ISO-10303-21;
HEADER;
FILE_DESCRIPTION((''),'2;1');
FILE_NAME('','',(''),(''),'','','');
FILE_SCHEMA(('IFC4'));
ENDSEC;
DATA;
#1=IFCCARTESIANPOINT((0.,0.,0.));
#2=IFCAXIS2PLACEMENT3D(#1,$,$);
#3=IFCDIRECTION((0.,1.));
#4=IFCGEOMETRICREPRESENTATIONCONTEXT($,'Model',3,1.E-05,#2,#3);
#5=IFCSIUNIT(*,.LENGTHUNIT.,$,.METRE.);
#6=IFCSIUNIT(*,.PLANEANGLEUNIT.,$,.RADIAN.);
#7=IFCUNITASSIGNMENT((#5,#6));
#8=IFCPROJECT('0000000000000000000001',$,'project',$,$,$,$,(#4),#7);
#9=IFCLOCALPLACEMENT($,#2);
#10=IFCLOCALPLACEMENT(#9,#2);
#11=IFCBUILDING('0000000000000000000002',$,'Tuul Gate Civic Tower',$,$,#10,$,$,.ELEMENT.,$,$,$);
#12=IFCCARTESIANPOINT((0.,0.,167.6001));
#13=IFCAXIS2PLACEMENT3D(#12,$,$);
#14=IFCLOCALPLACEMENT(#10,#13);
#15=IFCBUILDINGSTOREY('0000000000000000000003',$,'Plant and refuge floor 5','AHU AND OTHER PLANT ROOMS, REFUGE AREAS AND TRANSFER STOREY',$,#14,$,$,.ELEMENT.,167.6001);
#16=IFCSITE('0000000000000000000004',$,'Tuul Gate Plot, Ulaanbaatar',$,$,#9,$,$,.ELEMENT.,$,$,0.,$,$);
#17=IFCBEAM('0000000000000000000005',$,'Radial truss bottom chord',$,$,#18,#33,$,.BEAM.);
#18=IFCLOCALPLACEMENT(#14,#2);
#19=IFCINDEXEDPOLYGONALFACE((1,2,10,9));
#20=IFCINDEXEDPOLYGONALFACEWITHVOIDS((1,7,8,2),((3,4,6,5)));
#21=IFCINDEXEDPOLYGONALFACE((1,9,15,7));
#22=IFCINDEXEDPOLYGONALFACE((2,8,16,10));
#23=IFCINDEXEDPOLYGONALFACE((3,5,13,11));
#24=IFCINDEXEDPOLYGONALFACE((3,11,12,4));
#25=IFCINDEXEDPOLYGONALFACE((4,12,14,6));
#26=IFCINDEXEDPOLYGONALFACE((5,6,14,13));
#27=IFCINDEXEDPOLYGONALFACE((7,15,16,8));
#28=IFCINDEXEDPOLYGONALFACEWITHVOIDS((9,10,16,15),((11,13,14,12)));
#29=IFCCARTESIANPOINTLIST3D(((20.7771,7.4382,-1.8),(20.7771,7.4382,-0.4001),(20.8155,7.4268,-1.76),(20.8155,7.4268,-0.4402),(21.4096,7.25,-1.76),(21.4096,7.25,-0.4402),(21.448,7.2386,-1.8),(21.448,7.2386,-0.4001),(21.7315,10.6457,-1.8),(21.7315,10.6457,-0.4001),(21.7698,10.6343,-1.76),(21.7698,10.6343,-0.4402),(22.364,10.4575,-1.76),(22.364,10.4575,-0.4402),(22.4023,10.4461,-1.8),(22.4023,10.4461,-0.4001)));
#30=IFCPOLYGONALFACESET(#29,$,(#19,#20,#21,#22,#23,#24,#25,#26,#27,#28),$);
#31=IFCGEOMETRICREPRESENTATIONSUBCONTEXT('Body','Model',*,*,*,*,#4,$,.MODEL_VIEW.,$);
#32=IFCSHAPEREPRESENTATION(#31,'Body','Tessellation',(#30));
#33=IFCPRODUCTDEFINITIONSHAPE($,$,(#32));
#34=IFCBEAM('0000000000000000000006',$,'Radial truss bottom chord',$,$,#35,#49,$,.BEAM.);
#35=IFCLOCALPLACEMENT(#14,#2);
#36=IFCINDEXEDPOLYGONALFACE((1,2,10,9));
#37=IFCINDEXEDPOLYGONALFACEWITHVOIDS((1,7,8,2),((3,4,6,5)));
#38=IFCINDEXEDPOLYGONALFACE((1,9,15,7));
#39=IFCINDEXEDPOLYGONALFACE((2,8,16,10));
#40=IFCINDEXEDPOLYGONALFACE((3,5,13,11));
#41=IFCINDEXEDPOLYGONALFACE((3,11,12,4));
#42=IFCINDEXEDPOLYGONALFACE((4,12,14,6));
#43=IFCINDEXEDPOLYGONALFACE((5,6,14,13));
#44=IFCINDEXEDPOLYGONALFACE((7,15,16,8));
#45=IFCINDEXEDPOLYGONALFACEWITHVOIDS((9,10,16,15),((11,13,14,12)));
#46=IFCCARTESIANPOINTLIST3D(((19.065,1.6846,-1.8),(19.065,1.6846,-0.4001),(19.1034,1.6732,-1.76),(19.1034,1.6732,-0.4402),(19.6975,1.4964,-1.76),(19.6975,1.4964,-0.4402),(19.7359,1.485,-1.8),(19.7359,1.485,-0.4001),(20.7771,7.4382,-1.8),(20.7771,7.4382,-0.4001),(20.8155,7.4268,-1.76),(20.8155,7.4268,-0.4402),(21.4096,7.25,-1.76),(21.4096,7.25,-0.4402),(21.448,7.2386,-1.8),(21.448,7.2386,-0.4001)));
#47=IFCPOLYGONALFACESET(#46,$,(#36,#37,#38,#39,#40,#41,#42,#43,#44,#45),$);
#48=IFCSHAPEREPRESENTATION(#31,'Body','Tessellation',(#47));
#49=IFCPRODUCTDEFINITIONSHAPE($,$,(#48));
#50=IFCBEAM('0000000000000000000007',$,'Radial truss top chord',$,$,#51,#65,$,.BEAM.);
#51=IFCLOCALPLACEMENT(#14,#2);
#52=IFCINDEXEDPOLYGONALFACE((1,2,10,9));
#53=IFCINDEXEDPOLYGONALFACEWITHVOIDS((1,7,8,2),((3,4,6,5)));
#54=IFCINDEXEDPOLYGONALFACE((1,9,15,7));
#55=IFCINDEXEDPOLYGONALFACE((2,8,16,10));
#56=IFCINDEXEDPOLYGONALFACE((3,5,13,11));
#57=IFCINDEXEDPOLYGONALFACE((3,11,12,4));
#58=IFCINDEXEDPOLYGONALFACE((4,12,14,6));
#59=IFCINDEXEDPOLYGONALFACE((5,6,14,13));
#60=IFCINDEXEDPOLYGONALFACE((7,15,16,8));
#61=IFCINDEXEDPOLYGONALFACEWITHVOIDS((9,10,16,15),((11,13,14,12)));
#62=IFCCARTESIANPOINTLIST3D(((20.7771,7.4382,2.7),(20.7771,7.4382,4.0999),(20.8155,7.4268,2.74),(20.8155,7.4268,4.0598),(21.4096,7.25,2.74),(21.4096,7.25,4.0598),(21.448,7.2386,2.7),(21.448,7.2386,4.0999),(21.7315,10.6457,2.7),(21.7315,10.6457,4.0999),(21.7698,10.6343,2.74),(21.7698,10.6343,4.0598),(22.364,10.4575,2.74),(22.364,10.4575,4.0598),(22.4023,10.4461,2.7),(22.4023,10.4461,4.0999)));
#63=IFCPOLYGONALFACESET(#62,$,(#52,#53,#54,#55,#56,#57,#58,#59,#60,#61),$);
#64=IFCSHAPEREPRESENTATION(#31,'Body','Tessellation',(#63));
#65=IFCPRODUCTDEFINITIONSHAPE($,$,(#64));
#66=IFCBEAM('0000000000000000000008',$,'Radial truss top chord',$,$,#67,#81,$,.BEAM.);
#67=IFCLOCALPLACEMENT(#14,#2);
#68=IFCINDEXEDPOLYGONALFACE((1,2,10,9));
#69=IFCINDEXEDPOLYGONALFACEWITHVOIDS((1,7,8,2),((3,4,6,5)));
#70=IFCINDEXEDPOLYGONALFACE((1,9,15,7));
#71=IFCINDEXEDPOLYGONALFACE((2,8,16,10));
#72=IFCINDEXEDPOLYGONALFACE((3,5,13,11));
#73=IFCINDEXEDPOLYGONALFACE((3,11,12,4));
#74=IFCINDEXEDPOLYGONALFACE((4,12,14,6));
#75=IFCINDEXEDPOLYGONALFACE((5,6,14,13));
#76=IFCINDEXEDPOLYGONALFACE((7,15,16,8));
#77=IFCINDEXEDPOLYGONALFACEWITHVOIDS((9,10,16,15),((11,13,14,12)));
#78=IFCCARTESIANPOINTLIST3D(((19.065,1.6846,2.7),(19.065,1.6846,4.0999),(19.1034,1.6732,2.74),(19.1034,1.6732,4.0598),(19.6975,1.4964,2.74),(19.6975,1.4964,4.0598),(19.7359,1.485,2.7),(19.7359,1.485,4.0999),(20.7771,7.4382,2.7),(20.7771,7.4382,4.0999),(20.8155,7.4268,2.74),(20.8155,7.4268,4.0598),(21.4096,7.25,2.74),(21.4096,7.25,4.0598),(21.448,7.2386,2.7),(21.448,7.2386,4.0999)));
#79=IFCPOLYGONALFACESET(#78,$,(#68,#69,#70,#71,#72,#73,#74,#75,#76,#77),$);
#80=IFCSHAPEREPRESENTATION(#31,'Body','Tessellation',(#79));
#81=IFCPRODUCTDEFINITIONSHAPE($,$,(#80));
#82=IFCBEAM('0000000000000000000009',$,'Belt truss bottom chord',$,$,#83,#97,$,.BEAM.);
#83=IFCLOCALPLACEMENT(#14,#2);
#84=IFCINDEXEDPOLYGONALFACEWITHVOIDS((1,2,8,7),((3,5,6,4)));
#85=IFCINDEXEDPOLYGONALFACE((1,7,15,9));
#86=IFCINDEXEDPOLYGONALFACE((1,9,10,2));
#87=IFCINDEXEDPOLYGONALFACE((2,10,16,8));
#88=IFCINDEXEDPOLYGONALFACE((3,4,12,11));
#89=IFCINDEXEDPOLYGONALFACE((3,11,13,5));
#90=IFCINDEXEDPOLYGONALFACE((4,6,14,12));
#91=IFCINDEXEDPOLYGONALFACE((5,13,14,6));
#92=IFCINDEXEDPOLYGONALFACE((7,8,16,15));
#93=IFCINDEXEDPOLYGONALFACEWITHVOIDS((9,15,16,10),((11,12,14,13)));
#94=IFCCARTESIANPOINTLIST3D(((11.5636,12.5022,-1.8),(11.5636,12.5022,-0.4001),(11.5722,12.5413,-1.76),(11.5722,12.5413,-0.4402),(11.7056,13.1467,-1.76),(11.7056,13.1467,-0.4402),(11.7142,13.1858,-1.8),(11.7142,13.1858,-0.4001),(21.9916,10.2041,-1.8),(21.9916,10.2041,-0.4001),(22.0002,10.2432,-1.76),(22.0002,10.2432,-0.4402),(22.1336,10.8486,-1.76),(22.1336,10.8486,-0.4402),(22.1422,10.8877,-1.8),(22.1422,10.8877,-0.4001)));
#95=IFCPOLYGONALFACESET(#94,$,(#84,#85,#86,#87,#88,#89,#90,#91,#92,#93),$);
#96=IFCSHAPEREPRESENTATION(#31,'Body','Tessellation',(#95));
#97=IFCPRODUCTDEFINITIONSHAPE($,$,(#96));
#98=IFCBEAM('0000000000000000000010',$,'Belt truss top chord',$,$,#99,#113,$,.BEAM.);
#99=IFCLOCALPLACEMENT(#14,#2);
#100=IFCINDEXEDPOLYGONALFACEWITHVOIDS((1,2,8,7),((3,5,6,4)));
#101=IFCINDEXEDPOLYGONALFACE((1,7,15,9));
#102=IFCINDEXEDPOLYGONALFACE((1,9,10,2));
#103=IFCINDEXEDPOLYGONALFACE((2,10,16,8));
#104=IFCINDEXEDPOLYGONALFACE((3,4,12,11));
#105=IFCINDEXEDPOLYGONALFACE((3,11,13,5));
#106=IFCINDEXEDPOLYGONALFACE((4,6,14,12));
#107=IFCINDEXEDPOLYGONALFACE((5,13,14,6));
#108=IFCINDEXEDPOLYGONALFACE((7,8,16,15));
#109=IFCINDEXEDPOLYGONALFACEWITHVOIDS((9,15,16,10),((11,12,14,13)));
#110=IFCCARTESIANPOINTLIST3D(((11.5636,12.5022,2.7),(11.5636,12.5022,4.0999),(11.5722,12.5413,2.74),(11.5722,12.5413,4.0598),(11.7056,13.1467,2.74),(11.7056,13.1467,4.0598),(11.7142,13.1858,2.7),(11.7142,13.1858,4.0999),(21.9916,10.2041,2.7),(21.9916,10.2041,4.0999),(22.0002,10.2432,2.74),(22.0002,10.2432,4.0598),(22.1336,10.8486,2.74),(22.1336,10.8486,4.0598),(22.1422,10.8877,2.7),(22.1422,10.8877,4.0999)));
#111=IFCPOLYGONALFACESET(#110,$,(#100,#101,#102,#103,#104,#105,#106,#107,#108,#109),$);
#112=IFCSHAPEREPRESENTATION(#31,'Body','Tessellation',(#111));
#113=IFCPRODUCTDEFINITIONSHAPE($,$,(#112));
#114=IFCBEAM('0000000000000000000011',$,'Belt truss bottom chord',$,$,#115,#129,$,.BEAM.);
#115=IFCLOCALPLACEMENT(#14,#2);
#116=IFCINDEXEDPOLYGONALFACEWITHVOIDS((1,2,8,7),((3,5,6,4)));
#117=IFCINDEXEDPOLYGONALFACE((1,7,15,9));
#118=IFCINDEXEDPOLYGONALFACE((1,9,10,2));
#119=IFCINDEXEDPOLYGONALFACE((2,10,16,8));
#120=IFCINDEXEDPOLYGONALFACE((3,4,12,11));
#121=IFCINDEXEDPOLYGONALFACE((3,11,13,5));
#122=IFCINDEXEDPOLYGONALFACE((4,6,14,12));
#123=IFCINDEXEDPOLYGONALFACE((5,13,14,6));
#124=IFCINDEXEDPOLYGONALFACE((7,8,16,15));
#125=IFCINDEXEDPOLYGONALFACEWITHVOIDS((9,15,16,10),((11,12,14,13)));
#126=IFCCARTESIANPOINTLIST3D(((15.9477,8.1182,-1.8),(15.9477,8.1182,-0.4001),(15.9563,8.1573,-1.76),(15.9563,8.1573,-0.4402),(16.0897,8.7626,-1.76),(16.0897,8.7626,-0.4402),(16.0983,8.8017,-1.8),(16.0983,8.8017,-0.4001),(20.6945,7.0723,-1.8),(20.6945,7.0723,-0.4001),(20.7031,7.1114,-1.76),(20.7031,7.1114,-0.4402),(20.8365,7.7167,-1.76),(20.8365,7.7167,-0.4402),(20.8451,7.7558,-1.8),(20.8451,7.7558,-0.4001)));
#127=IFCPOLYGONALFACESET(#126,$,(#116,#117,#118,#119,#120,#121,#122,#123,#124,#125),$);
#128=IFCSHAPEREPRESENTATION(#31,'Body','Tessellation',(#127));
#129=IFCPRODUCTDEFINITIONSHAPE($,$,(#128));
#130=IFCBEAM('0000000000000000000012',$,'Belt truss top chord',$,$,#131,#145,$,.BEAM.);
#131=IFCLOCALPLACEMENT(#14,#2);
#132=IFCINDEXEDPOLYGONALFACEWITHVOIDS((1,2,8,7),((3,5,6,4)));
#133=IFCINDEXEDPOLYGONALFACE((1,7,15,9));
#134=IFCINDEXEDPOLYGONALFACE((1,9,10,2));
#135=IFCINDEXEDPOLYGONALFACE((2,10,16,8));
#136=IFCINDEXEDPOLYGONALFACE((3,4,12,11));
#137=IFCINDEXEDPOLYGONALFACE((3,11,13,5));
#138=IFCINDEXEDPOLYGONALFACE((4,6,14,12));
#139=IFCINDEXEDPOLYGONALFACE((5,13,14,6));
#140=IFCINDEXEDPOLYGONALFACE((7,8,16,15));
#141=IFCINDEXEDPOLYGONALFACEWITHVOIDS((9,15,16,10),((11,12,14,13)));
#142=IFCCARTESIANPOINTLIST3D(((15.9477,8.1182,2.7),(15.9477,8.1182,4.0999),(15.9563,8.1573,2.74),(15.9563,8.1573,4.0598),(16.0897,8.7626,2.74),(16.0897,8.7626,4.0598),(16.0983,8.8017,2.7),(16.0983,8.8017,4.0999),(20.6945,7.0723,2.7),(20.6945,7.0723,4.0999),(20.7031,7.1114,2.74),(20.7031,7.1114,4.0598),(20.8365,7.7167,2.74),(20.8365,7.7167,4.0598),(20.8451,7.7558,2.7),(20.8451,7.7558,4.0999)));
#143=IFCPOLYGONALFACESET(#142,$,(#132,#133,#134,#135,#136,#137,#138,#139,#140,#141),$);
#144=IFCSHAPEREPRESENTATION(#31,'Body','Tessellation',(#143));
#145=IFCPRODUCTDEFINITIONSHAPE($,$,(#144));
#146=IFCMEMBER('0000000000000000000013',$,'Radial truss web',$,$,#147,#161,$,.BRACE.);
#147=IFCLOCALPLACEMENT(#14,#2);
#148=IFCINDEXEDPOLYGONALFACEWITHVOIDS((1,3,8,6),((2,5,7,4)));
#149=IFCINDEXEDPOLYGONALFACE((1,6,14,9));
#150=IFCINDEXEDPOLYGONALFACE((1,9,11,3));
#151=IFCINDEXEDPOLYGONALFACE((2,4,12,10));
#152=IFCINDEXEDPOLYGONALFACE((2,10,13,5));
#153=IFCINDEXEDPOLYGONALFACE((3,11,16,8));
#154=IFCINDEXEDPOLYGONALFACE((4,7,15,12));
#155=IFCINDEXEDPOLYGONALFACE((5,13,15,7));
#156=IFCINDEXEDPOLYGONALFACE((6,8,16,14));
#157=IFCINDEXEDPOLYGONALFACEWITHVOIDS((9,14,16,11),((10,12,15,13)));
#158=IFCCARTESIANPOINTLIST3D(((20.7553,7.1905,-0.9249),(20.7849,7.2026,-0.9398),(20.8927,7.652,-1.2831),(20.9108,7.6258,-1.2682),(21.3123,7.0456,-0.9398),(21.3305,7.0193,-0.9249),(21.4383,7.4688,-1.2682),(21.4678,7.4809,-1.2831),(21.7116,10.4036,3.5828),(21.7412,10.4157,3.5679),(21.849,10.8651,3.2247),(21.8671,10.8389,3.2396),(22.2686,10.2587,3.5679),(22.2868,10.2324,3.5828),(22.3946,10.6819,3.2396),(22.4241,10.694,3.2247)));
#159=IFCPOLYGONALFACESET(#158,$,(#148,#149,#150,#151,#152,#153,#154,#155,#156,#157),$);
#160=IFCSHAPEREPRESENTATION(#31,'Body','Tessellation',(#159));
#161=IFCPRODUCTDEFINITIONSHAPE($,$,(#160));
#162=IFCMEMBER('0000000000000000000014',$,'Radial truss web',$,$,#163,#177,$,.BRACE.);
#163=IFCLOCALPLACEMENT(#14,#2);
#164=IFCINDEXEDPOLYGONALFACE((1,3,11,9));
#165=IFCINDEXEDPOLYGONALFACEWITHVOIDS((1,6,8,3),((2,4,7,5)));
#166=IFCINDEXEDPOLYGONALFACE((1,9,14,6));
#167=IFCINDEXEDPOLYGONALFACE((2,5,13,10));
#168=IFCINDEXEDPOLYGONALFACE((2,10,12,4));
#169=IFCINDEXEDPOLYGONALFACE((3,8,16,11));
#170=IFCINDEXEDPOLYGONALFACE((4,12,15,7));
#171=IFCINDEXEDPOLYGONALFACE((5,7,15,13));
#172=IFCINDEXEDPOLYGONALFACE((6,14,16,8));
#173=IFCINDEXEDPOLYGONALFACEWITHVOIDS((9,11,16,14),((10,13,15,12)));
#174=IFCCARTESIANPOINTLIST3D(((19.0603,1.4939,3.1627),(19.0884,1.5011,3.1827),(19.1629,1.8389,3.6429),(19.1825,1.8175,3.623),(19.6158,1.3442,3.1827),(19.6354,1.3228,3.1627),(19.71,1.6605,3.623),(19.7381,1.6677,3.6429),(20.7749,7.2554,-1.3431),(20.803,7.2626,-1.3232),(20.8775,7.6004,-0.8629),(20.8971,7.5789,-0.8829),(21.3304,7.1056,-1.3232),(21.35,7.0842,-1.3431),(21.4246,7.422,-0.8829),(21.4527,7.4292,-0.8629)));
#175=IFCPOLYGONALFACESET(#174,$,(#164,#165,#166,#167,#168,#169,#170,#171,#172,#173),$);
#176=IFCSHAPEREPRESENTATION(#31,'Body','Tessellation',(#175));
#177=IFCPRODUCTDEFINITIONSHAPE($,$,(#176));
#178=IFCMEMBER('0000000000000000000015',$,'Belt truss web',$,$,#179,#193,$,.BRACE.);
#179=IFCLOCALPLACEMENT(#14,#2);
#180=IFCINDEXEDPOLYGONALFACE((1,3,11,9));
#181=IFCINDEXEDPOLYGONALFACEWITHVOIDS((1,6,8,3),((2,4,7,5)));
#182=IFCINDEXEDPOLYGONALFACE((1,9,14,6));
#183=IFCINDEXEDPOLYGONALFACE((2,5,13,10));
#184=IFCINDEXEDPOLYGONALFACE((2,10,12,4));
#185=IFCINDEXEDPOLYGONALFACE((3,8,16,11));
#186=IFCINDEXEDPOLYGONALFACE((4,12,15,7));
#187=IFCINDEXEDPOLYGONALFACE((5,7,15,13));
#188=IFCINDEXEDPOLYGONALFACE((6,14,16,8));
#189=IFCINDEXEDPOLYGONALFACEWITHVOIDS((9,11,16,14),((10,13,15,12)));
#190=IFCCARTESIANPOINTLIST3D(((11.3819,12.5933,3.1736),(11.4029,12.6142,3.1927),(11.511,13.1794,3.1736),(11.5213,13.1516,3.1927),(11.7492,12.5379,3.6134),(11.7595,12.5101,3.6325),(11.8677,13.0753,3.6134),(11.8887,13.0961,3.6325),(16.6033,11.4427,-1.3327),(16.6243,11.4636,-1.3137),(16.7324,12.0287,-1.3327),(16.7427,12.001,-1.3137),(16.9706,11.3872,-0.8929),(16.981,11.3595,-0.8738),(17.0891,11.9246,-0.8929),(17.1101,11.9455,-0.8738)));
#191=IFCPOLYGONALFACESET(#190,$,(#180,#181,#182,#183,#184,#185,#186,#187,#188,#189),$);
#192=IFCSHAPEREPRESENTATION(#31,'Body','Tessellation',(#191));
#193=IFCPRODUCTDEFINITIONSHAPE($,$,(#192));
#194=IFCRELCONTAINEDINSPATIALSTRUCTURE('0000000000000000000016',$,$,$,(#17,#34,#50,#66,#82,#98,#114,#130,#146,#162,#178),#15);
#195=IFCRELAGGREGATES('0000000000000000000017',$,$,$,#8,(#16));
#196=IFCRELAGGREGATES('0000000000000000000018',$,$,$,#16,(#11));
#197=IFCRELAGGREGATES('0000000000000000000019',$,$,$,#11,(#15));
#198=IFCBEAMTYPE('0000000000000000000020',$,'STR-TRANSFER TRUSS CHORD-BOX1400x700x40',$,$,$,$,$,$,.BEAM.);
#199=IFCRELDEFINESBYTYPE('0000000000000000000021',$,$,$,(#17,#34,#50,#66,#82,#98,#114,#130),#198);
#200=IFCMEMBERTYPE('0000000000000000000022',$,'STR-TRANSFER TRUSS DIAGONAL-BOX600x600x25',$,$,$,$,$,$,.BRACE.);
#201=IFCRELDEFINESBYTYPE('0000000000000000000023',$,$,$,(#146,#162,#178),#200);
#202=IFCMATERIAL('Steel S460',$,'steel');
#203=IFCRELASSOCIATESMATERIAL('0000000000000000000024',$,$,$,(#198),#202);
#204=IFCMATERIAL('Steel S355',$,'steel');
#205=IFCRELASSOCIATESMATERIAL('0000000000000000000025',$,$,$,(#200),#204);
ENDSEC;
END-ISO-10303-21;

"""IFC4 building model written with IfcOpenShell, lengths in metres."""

from ifc_helpers import new_model, si_unit, direction, frame, origin, origin_2d, place, context, subcontext, project, spatial, hollow_rectangle, extrude, material, material_profile, profile_set, type_object, element, save


model = new_model("IFC4")

# Units and contexts
model_context = context("Model", 3, precision=1e-05, world=origin(), true_north=direction((0.0, 1.0)))
body_context = subcontext(model_context, "Body", "Model", "MODEL_VIEW")
ifc_project = project(units=[si_unit("LENGTHUNIT", "METRE"), si_unit("PLANEANGLEUNIT", "RADIAN")], contexts=[model_context])

# Site, building, storey
site_placement = place(None, origin())
site = spatial("IfcSite", under=ifc_project, at=site_placement, Name="Tuul Gate Plot, Ulaanbaatar", CompositionType="ELEMENT", RefElevation=0.0)
building_placement = place(site_placement, origin())
building = spatial("IfcBuilding", under=site, at=building_placement, Name="Tuul Gate Civic Tower", CompositionType="ELEMENT")
storey_placement = place(building_placement, frame((0.0, 0.0, 167.6001)))
storey = spatial("IfcBuildingStorey", under=building, at=storey_placement, Name="Plant and refuge floor 5", Description="AHU AND OTHER PLANT ROOMS, REFUGE AREAS AND TRANSFER STOREY", CompositionType="ELEMENT", Elevation=167.6001)

# Beams
ifc_material_1 = material(Name="Steel S460", Category="steel")
ifc_material_profile_1 = material_profile(ifc_material_1, hollow_rectangle(XDim=0.7, YDim=1.3999, WallThickness=0.04, at=origin_2d()), Name="BOX1400x700x40")
ifc_profile_set_1 = profile_set([ifc_material_profile_1], Name="Steel S460")
beam_type = type_object("IfcBeamType", Name="STR-TRANSFER TRUSS CHORD-BOX1400x700x40", PredefinedType="BEAM", material=ifc_profile_set_1)
beam_1_placement = place(storey_placement, frame((22.0669, 10.5459, -1.1001), z_axis=(-0.285179, -0.958474, 0.0), x_axis=(0.958474, -0.285179, 0.0)))
element("IfcBeam", 1, at=beam_1_placement, inside=storey, type_object=beam_type, Name="Radial truss bottom chord", PredefinedType="BEAM", context=body_context, shape_type="SweptSolid", body=[
    extrude(hollow_rectangle(XDim=0.7, YDim=1.3999, WallThickness=0.04, at=origin_2d()), origin(), (0.0, 0.0, 1.0), 3.3464),
])
beam_2_placement = place(storey_placement, frame((21.1125, 7.3384, -1.1001), z_axis=(-0.285217, -0.958463, 0.0), x_axis=(0.958463, -0.285217, 0.0)))
element("IfcBeam", 2, at=beam_2_placement, inside=storey, type_object=beam_type, Name="Radial truss bottom chord", PredefinedType="BEAM", context=body_context, shape_type="SweptSolid", body=[
    extrude(hollow_rectangle(XDim=0.7, YDim=1.3999, WallThickness=0.04, at=origin_2d()), origin(), (0.0, 0.0, 1.0), 6.0029),
])
beam_3_placement = place(storey_placement, frame((22.0669, 10.5459, 3.3999), z_axis=(-0.285179, -0.958474, 0.0), x_axis=(0.958474, -0.285179, 0.0)))
element("IfcBeam", 3, at=beam_3_placement, inside=storey, type_object=beam_type, Name="Radial truss top chord", PredefinedType="BEAM", context=body_context, shape_type="SweptSolid", body=[
    extrude(hollow_rectangle(XDim=0.7, YDim=1.3999, WallThickness=0.04, at=origin_2d()), origin(), (0.0, 0.0, 1.0), 3.3464),
])
beam_4_placement = place(storey_placement, frame((21.1125, 7.3384, 3.3999), z_axis=(-0.285217, -0.958463, 0.0), x_axis=(0.958463, -0.285217, 0.0)))
element("IfcBeam", 4, at=beam_4_placement, inside=storey, type_object=beam_type, Name="Radial truss top chord", PredefinedType="BEAM", context=body_context, shape_type="SweptSolid", body=[
    extrude(hollow_rectangle(XDim=0.7, YDim=1.3999, WallThickness=0.04, at=origin_2d()), origin(), (0.0, 0.0, 1.0), 6.0029),
])
for number, where, z_axis, x_axis, name in (
    (5, (22.0669, 10.5459, -1.1001), (-0.976567, 0.215214, 0.0), (-0.215214, -0.976567, 0.0), "Belt truss bottom chord"),
    (6, (22.0669, 10.5459, 3.3999), (-0.976567, 0.215214, 0.0), (-0.215214, -0.976567, 0.0), "Belt truss top chord"),
):
    element("IfcBeam", number, at=place(storey_placement, frame(where, z_axis=z_axis, x_axis=x_axis)), inside=storey, type_object=beam_type, Name=name, PredefinedType="BEAM", context=body_context, shape_type="SweptSolid", body=[
        extrude(hollow_rectangle(XDim=0.7, YDim=1.3999, WallThickness=0.04, at=origin_2d()), origin(), (0.0, 0.0, 1.0), 10.6782),
    ])
for number, where, z_axis, x_axis, name in (
    (7, (20.7698, 7.4141, -1.1001), (-0.976575, 0.215175, 0.0), (-0.215175, -0.976575, 0.0), "Belt truss bottom chord"),
    (8, (20.7698, 7.4141, 3.3999), (-0.976575, 0.215175, 0.0), (-0.215175, -0.976575, 0.0), "Belt truss top chord"),
):
    element("IfcBeam", number, at=place(storey_placement, frame(where, z_axis=z_axis, x_axis=x_axis)), inside=storey, type_object=beam_type, Name=name, PredefinedType="BEAM", context=body_context, shape_type="SweptSolid", body=[
        extrude(hollow_rectangle(XDim=0.7, YDim=1.3999, WallThickness=0.04, at=origin_2d()), origin(), (0.0, 0.0, 1.0), 4.8606),
    ])

# Members
ifc_material_2 = material(Name="Steel S355", Category="steel")
ifc_material_profile_2 = material_profile(ifc_material_2, hollow_rectangle(XDim=0.6001, YDim=0.6001, WallThickness=0.0249, at=origin_2d()), Name="BOX600x600x25")
ifc_profile_set_2 = profile_set([ifc_material_profile_2], Name="Steel S355")
member_type_1 = type_object("IfcMemberType", Name="STR-TRANSFER TRUSS DIAGONAL-BOX600x600x25", PredefinedType="BRACE", material=ifc_profile_set_2)
member_1_placement = place(storey_placement, frame((21.1116, 7.3357, -1.104), z_axis=(0.170228, 0.571961, 0.802423), x_axis=(-0.958451, 0.285256, 0.0)))
element("IfcMember", 9, at=member_1_placement, inside=storey, type_object=member_type_1, Name="Radial truss web", PredefinedType="BRACE", context=body_context, shape_type="SweptSolid", body=[
    extrude(hollow_rectangle(XDim=0.6001, YDim=0.6001, WallThickness=0.0249, at=origin_2d()), origin(), (0.0, 0.0, 1.0), 5.6177),
])
member_2_placement = place(storey_placement, frame((21.1138, 7.3423, -1.103), z_axis=(-0.228234, -0.766921, 0.599784), x_axis=(0.958458, -0.285234, 0.0)))
element("IfcMember", 10, at=member_2_placement, inside=storey, type_object=member_type_1, Name="Radial truss web", PredefinedType="BRACE", context=body_context, shape_type="SweptSolid", body=[
    extrude(hollow_rectangle(XDim=0.6001, YDim=0.6001, WallThickness=0.0249, at=origin_2d()), origin(), (0.0, 0.0, 1.0), 7.5125),
])
member_3_placement = place(storey_placement, frame((16.8567, 11.6941, -1.1033), z_axis=(-0.746724, 0.164554, 0.644458), x_axis=(-0.215204, -0.976569, 0.0)))
element("IfcMember", 11, at=member_3_placement, inside=storey, type_object=member_type_1, Name="Belt truss web", PredefinedType="BRACE", context=body_context, shape_type="SweptSolid", body=[
    extrude(hollow_rectangle(XDim=0.6001, YDim=0.6001, WallThickness=0.0249, at=origin_2d()), origin(), (0.0, 0.0, 1.0), 6.9924),
])

save(model, "model.ifc")
